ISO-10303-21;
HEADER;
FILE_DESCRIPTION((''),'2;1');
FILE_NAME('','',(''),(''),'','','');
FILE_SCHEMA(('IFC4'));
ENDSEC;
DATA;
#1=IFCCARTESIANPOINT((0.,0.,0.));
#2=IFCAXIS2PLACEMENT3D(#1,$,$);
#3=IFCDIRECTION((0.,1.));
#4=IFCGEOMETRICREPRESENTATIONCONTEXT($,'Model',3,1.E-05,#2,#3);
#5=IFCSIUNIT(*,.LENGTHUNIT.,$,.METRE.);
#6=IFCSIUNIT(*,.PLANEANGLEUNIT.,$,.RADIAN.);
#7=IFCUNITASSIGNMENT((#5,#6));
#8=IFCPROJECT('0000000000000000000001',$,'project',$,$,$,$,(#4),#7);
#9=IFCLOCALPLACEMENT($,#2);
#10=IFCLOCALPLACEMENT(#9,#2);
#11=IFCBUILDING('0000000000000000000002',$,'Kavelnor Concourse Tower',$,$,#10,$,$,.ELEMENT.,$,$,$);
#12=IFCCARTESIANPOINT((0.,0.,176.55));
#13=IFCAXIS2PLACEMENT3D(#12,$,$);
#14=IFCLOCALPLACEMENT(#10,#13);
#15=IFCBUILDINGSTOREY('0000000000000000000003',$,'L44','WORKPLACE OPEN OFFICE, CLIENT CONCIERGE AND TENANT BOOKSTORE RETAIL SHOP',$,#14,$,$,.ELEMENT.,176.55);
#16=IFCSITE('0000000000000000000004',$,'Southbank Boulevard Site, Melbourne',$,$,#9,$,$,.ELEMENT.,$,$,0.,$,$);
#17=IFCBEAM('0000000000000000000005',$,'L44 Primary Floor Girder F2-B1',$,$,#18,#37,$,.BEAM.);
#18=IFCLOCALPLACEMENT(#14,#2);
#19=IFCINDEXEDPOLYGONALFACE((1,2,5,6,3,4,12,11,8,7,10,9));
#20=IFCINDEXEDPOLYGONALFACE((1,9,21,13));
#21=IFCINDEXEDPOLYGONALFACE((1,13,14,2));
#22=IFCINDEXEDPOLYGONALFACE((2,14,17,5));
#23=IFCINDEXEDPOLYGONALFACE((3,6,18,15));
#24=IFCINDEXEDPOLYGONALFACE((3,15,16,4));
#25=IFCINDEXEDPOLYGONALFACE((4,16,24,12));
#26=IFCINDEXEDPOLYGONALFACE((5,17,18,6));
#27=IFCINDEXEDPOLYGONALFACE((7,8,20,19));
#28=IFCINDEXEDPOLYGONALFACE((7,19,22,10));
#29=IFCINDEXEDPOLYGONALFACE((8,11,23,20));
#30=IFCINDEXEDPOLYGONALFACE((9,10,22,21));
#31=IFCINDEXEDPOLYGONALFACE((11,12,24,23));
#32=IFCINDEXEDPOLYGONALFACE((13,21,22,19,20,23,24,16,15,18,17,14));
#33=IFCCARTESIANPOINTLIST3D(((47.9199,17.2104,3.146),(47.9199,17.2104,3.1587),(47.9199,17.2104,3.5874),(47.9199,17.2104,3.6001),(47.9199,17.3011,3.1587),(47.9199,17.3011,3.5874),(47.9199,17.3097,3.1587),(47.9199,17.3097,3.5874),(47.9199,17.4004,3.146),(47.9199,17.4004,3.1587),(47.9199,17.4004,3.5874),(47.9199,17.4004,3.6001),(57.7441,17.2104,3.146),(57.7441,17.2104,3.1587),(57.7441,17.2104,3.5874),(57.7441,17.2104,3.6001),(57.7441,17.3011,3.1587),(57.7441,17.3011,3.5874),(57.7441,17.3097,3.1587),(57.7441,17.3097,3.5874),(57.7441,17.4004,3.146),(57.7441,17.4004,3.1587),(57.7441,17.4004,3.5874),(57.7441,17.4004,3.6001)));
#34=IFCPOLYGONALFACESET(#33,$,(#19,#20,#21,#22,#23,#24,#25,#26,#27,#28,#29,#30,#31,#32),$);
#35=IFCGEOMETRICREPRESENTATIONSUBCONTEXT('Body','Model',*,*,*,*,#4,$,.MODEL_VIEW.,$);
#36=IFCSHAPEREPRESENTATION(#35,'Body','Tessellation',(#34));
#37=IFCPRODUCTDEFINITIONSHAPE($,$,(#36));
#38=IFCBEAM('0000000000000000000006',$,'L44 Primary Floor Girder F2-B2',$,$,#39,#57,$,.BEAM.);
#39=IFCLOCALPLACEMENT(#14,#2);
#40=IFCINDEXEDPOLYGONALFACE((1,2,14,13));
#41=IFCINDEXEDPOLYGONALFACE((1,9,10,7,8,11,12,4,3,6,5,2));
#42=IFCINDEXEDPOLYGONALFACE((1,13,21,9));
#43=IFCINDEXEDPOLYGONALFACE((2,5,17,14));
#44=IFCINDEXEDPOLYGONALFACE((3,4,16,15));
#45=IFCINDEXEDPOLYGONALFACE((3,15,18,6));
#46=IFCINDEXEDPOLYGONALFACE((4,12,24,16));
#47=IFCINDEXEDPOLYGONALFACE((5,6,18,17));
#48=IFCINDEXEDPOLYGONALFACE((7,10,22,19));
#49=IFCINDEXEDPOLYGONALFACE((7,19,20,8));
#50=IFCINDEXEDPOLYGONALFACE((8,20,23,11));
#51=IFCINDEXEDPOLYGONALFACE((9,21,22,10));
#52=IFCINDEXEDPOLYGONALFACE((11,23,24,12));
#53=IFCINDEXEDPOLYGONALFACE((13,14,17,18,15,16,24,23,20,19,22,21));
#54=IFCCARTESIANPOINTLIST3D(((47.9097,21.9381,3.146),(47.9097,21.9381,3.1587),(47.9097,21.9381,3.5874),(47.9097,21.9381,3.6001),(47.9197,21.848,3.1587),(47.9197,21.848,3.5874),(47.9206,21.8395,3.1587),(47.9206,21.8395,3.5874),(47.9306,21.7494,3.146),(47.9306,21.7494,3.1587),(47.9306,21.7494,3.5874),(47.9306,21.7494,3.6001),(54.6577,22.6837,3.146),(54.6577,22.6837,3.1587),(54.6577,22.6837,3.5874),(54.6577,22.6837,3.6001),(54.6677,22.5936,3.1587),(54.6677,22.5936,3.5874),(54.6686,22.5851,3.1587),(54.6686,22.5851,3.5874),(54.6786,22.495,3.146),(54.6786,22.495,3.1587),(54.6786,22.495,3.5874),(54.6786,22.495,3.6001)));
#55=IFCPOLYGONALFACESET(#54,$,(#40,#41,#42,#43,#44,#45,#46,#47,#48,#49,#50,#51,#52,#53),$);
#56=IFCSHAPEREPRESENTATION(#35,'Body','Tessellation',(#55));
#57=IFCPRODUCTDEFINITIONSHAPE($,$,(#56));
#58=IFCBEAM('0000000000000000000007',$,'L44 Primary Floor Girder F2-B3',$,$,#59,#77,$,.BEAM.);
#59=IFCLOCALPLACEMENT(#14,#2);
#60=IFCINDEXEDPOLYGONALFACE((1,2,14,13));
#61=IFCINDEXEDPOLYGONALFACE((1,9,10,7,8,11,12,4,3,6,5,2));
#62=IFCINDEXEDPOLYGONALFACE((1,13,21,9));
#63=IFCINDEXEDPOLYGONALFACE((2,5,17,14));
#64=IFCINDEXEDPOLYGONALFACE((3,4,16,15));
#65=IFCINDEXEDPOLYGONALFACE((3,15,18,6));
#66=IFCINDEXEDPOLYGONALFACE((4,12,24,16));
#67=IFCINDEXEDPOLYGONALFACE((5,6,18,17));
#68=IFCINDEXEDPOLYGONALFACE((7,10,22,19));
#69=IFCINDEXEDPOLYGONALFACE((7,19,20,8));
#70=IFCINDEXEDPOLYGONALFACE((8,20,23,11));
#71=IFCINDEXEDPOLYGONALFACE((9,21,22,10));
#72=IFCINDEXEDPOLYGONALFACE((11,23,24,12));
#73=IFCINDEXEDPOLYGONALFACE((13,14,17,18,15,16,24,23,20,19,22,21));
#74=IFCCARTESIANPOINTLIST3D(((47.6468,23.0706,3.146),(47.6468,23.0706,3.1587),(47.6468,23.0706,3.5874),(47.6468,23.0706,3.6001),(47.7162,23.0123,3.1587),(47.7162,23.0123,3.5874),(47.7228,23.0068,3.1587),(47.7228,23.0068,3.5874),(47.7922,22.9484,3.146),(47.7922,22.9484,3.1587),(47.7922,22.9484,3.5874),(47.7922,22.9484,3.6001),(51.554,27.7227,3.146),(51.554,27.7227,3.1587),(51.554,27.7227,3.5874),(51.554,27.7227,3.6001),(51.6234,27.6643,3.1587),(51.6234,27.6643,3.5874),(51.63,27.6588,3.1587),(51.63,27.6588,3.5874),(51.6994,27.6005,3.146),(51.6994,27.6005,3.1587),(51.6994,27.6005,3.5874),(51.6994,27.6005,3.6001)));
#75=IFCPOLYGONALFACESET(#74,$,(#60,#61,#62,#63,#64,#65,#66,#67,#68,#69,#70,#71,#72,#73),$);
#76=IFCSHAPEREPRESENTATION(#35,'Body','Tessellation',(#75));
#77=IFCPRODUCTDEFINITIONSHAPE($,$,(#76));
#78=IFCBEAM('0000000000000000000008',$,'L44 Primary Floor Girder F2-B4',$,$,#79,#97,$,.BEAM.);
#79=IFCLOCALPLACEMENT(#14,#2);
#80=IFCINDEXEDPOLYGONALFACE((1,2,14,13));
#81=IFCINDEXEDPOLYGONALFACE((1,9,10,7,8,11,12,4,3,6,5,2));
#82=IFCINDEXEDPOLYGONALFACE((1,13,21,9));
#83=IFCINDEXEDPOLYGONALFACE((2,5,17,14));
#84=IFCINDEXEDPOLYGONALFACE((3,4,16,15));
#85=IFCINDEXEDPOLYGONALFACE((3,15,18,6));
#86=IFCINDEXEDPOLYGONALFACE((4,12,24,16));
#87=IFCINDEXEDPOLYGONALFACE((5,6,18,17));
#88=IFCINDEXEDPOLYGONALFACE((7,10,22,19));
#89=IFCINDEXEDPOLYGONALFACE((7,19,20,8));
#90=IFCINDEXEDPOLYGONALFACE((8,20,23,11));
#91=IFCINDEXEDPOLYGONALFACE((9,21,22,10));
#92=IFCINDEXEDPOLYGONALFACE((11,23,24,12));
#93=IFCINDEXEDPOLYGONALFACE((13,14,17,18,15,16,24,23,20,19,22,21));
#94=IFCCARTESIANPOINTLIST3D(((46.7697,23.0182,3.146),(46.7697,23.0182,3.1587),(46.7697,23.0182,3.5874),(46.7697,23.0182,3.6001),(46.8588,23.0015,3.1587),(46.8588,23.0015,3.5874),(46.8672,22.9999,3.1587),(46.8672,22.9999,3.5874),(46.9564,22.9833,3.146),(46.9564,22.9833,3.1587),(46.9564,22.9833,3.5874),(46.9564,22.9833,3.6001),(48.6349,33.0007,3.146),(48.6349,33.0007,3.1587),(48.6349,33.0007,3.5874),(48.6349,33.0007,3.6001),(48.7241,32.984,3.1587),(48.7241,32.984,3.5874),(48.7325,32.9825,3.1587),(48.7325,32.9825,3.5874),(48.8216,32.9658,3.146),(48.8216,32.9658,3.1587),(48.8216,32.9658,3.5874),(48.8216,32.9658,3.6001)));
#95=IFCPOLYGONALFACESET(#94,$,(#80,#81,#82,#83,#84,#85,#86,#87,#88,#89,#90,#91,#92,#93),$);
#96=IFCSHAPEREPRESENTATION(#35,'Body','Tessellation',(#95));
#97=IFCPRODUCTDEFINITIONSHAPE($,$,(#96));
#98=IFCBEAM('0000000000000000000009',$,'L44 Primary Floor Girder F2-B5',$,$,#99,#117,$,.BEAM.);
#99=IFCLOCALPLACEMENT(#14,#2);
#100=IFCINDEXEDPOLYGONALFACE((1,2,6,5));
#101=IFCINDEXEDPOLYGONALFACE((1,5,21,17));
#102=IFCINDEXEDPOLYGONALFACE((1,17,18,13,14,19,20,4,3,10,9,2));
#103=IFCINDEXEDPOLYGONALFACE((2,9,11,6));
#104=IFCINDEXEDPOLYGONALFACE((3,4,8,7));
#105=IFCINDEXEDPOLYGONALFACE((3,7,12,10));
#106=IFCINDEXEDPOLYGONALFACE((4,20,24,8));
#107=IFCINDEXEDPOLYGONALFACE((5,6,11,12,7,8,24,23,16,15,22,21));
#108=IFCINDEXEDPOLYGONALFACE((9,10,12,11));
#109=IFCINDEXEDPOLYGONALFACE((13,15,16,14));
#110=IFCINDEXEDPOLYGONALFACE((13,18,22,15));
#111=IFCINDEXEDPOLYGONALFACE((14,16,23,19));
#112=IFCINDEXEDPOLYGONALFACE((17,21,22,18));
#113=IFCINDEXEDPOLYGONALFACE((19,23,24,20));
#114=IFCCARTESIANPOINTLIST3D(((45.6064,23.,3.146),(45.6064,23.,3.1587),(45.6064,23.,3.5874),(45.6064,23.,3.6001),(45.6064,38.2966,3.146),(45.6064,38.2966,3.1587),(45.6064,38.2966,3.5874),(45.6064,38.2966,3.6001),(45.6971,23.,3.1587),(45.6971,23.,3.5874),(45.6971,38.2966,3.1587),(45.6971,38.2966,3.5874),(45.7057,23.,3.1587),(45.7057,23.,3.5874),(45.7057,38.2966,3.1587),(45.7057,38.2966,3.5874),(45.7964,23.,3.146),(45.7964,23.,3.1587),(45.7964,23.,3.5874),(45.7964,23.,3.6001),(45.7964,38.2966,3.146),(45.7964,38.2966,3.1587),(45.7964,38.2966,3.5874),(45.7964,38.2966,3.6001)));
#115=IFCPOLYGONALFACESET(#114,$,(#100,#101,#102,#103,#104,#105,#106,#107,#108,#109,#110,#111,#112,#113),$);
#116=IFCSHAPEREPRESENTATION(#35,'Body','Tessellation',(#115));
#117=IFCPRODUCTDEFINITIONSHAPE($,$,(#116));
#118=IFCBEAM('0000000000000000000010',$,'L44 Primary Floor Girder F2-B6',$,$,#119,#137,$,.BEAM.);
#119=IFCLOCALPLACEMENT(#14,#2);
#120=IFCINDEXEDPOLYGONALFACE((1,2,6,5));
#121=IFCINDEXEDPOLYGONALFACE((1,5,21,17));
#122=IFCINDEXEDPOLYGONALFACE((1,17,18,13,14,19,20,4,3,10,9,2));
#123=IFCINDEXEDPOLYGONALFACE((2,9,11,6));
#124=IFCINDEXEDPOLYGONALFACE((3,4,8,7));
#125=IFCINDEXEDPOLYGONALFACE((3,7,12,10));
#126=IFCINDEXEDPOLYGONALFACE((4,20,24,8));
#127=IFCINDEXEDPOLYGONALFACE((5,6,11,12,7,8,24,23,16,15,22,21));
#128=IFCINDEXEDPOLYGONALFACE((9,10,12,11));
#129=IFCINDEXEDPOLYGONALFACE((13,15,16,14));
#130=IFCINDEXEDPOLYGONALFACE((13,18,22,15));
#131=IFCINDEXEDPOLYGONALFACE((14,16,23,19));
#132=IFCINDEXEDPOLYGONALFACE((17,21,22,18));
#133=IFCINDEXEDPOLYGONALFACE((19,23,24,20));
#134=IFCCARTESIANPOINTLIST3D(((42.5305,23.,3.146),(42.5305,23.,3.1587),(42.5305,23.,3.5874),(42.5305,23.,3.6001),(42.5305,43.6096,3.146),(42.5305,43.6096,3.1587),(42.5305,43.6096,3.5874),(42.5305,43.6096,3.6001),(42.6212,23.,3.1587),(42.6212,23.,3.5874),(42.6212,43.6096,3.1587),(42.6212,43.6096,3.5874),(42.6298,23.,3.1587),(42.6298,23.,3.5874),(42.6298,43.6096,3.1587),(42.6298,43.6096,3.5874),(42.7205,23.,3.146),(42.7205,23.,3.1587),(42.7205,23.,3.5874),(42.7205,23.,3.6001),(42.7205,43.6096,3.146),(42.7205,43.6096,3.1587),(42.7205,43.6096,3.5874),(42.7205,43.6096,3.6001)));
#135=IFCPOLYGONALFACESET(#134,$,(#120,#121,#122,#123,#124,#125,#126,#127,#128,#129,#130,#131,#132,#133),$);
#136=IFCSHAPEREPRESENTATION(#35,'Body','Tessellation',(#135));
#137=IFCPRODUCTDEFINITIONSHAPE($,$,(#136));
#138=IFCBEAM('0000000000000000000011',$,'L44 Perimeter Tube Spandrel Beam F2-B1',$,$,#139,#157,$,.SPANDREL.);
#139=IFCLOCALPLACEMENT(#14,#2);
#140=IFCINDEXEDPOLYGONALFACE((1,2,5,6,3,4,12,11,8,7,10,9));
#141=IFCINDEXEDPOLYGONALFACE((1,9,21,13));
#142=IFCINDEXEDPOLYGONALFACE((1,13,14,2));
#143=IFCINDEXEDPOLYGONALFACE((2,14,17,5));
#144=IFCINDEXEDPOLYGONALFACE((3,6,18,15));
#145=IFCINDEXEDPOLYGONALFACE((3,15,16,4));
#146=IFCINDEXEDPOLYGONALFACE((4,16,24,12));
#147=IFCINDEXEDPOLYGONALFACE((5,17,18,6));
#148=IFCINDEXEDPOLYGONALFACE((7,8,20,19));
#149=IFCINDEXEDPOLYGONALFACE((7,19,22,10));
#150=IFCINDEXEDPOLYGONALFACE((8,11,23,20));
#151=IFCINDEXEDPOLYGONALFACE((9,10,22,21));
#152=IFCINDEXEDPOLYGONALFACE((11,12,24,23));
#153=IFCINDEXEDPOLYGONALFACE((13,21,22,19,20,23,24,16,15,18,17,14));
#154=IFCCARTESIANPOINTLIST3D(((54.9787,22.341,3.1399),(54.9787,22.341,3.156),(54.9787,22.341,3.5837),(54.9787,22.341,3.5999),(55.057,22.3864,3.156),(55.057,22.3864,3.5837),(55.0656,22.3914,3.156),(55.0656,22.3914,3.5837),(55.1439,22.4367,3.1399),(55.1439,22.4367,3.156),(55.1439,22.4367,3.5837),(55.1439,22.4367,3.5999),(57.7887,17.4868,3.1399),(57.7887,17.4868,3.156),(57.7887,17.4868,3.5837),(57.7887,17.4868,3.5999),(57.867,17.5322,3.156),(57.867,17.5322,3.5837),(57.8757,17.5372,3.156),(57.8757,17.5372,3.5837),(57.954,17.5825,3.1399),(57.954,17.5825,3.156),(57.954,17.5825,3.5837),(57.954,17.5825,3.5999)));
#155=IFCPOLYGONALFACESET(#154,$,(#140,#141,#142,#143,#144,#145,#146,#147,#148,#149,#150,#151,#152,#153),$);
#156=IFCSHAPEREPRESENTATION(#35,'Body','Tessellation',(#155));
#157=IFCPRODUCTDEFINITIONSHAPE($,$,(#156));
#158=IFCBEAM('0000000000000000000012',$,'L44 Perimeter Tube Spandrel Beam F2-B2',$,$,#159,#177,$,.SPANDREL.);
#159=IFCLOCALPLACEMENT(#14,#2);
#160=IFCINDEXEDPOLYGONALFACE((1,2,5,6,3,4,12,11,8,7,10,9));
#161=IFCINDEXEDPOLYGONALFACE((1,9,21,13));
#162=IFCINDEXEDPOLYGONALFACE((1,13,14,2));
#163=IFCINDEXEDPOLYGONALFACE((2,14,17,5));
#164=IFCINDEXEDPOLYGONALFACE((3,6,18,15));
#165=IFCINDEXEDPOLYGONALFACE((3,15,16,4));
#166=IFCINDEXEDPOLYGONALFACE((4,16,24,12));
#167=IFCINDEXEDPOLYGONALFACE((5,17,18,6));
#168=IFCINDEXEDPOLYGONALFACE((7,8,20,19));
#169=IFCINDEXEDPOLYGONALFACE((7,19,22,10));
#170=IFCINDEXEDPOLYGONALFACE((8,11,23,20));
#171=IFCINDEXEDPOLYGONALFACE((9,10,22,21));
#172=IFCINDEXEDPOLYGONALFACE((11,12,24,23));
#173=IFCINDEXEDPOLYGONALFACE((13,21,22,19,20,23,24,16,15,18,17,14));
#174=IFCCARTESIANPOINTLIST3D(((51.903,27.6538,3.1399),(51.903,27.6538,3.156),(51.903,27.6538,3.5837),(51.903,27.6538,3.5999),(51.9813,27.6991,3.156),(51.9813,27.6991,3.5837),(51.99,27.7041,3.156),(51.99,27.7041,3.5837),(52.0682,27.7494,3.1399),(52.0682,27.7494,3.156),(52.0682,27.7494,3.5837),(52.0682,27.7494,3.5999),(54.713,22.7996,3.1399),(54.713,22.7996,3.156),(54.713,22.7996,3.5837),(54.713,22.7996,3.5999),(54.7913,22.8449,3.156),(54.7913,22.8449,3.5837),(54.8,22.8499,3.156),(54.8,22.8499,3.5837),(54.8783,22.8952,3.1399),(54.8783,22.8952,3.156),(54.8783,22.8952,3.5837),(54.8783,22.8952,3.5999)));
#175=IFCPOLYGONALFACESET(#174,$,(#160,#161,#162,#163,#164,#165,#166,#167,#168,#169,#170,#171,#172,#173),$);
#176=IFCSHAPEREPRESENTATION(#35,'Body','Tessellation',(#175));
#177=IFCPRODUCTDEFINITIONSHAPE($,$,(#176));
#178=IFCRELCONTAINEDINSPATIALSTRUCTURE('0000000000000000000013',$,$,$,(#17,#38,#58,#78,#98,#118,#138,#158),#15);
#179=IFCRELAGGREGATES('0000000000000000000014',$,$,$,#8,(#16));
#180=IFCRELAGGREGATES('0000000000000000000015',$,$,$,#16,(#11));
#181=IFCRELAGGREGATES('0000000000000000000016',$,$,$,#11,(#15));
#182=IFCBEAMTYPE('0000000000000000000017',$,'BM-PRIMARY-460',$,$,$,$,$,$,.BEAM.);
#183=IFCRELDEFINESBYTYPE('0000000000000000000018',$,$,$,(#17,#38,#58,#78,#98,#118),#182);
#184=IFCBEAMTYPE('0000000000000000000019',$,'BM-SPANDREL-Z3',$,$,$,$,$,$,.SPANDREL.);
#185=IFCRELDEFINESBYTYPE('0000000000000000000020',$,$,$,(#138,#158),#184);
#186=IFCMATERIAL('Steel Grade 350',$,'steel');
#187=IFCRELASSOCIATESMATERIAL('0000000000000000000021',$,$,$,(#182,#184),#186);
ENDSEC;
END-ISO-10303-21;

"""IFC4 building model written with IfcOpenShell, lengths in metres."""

from ifc_helpers import new_model, si_unit, direction, frame, origin, origin_2d, place, context, subcontext, project, spatial, i_section, extrude, material, material_profile, profile_set, type_object, element, save


model = new_model("IFC4")

# Units and contexts
model_context = context("Model", 3, precision=1e-05, world=origin(), true_north=direction((0.0, 1.0)))
body_context = subcontext(model_context, "Body", "Model", "MODEL_VIEW")
ifc_project = project(units=[si_unit("LENGTHUNIT", "METRE"), si_unit("PLANEANGLEUNIT", "RADIAN")], contexts=[model_context])

# Site, building, storey
site_placement = place(None, origin())
site = spatial("IfcSite", under=ifc_project, at=site_placement, Name="Southbank Boulevard Site, Melbourne", CompositionType="ELEMENT", RefElevation=0.0)
building_placement = place(site_placement, origin())
building = spatial("IfcBuilding", under=site, at=building_placement, Name="Kavelnor Concourse Tower", CompositionType="ELEMENT")
storey_placement = place(building_placement, frame((0.0, 0.0, 176.55)))
storey = spatial("IfcBuildingStorey", under=building, at=storey_placement, Name="L44", Description="WORKPLACE OPEN OFFICE, CLIENT CONCIERGE AND TENANT BOOKSTORE RETAIL SHOP", CompositionType="ELEMENT", Elevation=176.55)

# Shared definitions
ifc_material_1 = material(Name="Steel Grade 350", Category="steel")

# Beams
ifc_material_profile_1 = material_profile(ifc_material_1, i_section(OverallWidth=0.1899, OverallDepth=0.4541, WebThickness=0.0085, FlangeThickness=0.0127, at=origin_2d()), Name="460UB67")
ifc_profile_set_1 = profile_set([ifc_material_profile_1], Name="Steel Grade 350")
beam_type_1 = type_object("IfcBeamType", Name="BM-PRIMARY-460", PredefinedType="BEAM", material=ifc_profile_set_1)
beam_1_placement = place(storey_placement, frame((47.9199, 17.3054, 3.373), z_axis=(1.0, 0.0, 0.0), x_axis=(0.0, 1.0, 0.0)))
element("IfcBeam", 1, at=beam_1_placement, inside=storey, type_object=beam_type_1, Name="L44 Primary Floor Girder F2-B1", PredefinedType="BEAM", context=body_context, shape_type="SweptSolid", body=[
    extrude(i_section(OverallWidth=0.1899, OverallDepth=0.4541, WebThickness=0.0085, FlangeThickness=0.0127, at=origin_2d()), origin(), (0.0, 0.0, 1.0), 9.8242),
])
beam_2_placement = place(storey_placement, frame((47.9202, 21.8438, 3.373), z_axis=(0.993951, 0.109824, 0.0), x_axis=(-0.109824, 0.993951, 0.0)))
element("IfcBeam", 2, at=beam_2_placement, inside=storey, type_object=beam_type_1, Name="L44 Primary Floor Girder F2-B2", PredefinedType="BEAM", context=body_context, shape_type="SweptSolid", body=[
    extrude(i_section(OverallWidth=0.1899, OverallDepth=0.4541, WebThickness=0.0085, FlangeThickness=0.0127, at=origin_2d()), origin(), (0.0, 0.0, 1.0), 6.7891),
])
beam_3_placement = place(storey_placement, frame((47.7195, 23.0095, 3.373), z_axis=(0.64314, 0.765748, 0.0), x_axis=(-0.765748, 0.64314, 0.0)))
element("IfcBeam", 3, at=beam_3_placement, inside=storey, type_object=beam_type_1, Name="L44 Primary Floor Girder F2-B3", PredefinedType="BEAM", context=body_context, shape_type="SweptSolid", body=[
    extrude(i_section(OverallWidth=0.1899, OverallDepth=0.4541, WebThickness=0.0085, FlangeThickness=0.0127, at=origin_2d()), origin(), (0.0, 0.0, 1.0), 6.0752),
])
beam_4_placement = place(storey_placement, frame((46.863, 23.0007, 3.373), z_axis=(0.183673, 0.982987, 0.0), x_axis=(-0.982987, 0.183673, 0.0)))
element("IfcBeam", 4, at=beam_4_placement, inside=storey, type_object=beam_type_1, Name="L44 Primary Floor Girder F2-B4", PredefinedType="BEAM", context=body_context, shape_type="SweptSolid", body=[
    extrude(i_section(OverallWidth=0.1899, OverallDepth=0.4541, WebThickness=0.0085, FlangeThickness=0.0127, at=origin_2d()), origin(), (0.0, 0.0, 1.0), 10.1553),
])
beam_5_placement = place(storey_placement, frame((45.7014, 23.0, 3.373), z_axis=(0.0, 1.0, 0.0), x_axis=(-1.0, 0.0, 0.0)))
element("IfcBeam", 5, at=beam_5_placement, inside=storey, type_object=beam_type_1, Name="L44 Primary Floor Girder F2-B5", PredefinedType="BEAM", context=body_context, shape_type="SweptSolid", body=[
    extrude(i_section(OverallWidth=0.1899, OverallDepth=0.4541, WebThickness=0.0085, FlangeThickness=0.0127, at=origin_2d()), origin(), (0.0, 0.0, 1.0), 15.2966),
])
beam_6_placement = place(storey_placement, frame((42.6255, 23.0, 3.373), z_axis=(0.0, 1.0, 0.0), x_axis=(-1.0, 0.0, 0.0)))
element("IfcBeam", 6, at=beam_6_placement, inside=storey, type_object=beam_type_1, Name="L44 Primary Floor Girder F2-B6", PredefinedType="BEAM", context=body_context, shape_type="SweptSolid", body=[
    extrude(i_section(OverallWidth=0.1899, OverallDepth=0.4541, WebThickness=0.0085, FlangeThickness=0.0127, at=origin_2d()), origin(), (0.0, 0.0, 1.0), 20.6096),
])
ifc_material_profile_2 = material_profile(ifc_material_1, i_section(OverallWidth=0.1909, OverallDepth=0.46, WebThickness=0.01, FlangeThickness=0.0161, at=origin_2d()), Name="460UB82")
ifc_profile_set_2 = profile_set([ifc_material_profile_2], Name="Steel Grade 350")
beam_type_2 = type_object("IfcBeamType", Name="BM-SPANDREL-Z3", PredefinedType="SPANDREL", material=ifc_profile_set_2)
for number, where, z_axis, x_axis, name in (
    (7, (57.8713, 17.5347, 3.3699), (-0.500997, 0.865449, 0.0), (-0.865449, -0.500997, 0.0), "L44 Perimeter Tube Spandrel Beam F2-B1"),
    (8, (54.7957, 22.8474, 3.3699), (-0.500997, 0.865449, 0.0), (-0.865449, -0.500997, 0.0), "L44 Perimeter Tube Spandrel Beam F2-B2"),
):
    element("IfcBeam", number, at=place(storey_placement, frame(where, z_axis=z_axis, x_axis=x_axis)), inside=storey, type_object=beam_type_2, Name=name, PredefinedType="SPANDREL", context=body_context, shape_type="SweptSolid", body=[
        extrude(i_section(OverallWidth=0.1909, OverallDepth=0.46, WebThickness=0.01, FlangeThickness=0.0161, at=origin_2d()), origin(), (0.0, 0.0, 1.0), 5.6089),
    ])

save(model, "model.ifc")
